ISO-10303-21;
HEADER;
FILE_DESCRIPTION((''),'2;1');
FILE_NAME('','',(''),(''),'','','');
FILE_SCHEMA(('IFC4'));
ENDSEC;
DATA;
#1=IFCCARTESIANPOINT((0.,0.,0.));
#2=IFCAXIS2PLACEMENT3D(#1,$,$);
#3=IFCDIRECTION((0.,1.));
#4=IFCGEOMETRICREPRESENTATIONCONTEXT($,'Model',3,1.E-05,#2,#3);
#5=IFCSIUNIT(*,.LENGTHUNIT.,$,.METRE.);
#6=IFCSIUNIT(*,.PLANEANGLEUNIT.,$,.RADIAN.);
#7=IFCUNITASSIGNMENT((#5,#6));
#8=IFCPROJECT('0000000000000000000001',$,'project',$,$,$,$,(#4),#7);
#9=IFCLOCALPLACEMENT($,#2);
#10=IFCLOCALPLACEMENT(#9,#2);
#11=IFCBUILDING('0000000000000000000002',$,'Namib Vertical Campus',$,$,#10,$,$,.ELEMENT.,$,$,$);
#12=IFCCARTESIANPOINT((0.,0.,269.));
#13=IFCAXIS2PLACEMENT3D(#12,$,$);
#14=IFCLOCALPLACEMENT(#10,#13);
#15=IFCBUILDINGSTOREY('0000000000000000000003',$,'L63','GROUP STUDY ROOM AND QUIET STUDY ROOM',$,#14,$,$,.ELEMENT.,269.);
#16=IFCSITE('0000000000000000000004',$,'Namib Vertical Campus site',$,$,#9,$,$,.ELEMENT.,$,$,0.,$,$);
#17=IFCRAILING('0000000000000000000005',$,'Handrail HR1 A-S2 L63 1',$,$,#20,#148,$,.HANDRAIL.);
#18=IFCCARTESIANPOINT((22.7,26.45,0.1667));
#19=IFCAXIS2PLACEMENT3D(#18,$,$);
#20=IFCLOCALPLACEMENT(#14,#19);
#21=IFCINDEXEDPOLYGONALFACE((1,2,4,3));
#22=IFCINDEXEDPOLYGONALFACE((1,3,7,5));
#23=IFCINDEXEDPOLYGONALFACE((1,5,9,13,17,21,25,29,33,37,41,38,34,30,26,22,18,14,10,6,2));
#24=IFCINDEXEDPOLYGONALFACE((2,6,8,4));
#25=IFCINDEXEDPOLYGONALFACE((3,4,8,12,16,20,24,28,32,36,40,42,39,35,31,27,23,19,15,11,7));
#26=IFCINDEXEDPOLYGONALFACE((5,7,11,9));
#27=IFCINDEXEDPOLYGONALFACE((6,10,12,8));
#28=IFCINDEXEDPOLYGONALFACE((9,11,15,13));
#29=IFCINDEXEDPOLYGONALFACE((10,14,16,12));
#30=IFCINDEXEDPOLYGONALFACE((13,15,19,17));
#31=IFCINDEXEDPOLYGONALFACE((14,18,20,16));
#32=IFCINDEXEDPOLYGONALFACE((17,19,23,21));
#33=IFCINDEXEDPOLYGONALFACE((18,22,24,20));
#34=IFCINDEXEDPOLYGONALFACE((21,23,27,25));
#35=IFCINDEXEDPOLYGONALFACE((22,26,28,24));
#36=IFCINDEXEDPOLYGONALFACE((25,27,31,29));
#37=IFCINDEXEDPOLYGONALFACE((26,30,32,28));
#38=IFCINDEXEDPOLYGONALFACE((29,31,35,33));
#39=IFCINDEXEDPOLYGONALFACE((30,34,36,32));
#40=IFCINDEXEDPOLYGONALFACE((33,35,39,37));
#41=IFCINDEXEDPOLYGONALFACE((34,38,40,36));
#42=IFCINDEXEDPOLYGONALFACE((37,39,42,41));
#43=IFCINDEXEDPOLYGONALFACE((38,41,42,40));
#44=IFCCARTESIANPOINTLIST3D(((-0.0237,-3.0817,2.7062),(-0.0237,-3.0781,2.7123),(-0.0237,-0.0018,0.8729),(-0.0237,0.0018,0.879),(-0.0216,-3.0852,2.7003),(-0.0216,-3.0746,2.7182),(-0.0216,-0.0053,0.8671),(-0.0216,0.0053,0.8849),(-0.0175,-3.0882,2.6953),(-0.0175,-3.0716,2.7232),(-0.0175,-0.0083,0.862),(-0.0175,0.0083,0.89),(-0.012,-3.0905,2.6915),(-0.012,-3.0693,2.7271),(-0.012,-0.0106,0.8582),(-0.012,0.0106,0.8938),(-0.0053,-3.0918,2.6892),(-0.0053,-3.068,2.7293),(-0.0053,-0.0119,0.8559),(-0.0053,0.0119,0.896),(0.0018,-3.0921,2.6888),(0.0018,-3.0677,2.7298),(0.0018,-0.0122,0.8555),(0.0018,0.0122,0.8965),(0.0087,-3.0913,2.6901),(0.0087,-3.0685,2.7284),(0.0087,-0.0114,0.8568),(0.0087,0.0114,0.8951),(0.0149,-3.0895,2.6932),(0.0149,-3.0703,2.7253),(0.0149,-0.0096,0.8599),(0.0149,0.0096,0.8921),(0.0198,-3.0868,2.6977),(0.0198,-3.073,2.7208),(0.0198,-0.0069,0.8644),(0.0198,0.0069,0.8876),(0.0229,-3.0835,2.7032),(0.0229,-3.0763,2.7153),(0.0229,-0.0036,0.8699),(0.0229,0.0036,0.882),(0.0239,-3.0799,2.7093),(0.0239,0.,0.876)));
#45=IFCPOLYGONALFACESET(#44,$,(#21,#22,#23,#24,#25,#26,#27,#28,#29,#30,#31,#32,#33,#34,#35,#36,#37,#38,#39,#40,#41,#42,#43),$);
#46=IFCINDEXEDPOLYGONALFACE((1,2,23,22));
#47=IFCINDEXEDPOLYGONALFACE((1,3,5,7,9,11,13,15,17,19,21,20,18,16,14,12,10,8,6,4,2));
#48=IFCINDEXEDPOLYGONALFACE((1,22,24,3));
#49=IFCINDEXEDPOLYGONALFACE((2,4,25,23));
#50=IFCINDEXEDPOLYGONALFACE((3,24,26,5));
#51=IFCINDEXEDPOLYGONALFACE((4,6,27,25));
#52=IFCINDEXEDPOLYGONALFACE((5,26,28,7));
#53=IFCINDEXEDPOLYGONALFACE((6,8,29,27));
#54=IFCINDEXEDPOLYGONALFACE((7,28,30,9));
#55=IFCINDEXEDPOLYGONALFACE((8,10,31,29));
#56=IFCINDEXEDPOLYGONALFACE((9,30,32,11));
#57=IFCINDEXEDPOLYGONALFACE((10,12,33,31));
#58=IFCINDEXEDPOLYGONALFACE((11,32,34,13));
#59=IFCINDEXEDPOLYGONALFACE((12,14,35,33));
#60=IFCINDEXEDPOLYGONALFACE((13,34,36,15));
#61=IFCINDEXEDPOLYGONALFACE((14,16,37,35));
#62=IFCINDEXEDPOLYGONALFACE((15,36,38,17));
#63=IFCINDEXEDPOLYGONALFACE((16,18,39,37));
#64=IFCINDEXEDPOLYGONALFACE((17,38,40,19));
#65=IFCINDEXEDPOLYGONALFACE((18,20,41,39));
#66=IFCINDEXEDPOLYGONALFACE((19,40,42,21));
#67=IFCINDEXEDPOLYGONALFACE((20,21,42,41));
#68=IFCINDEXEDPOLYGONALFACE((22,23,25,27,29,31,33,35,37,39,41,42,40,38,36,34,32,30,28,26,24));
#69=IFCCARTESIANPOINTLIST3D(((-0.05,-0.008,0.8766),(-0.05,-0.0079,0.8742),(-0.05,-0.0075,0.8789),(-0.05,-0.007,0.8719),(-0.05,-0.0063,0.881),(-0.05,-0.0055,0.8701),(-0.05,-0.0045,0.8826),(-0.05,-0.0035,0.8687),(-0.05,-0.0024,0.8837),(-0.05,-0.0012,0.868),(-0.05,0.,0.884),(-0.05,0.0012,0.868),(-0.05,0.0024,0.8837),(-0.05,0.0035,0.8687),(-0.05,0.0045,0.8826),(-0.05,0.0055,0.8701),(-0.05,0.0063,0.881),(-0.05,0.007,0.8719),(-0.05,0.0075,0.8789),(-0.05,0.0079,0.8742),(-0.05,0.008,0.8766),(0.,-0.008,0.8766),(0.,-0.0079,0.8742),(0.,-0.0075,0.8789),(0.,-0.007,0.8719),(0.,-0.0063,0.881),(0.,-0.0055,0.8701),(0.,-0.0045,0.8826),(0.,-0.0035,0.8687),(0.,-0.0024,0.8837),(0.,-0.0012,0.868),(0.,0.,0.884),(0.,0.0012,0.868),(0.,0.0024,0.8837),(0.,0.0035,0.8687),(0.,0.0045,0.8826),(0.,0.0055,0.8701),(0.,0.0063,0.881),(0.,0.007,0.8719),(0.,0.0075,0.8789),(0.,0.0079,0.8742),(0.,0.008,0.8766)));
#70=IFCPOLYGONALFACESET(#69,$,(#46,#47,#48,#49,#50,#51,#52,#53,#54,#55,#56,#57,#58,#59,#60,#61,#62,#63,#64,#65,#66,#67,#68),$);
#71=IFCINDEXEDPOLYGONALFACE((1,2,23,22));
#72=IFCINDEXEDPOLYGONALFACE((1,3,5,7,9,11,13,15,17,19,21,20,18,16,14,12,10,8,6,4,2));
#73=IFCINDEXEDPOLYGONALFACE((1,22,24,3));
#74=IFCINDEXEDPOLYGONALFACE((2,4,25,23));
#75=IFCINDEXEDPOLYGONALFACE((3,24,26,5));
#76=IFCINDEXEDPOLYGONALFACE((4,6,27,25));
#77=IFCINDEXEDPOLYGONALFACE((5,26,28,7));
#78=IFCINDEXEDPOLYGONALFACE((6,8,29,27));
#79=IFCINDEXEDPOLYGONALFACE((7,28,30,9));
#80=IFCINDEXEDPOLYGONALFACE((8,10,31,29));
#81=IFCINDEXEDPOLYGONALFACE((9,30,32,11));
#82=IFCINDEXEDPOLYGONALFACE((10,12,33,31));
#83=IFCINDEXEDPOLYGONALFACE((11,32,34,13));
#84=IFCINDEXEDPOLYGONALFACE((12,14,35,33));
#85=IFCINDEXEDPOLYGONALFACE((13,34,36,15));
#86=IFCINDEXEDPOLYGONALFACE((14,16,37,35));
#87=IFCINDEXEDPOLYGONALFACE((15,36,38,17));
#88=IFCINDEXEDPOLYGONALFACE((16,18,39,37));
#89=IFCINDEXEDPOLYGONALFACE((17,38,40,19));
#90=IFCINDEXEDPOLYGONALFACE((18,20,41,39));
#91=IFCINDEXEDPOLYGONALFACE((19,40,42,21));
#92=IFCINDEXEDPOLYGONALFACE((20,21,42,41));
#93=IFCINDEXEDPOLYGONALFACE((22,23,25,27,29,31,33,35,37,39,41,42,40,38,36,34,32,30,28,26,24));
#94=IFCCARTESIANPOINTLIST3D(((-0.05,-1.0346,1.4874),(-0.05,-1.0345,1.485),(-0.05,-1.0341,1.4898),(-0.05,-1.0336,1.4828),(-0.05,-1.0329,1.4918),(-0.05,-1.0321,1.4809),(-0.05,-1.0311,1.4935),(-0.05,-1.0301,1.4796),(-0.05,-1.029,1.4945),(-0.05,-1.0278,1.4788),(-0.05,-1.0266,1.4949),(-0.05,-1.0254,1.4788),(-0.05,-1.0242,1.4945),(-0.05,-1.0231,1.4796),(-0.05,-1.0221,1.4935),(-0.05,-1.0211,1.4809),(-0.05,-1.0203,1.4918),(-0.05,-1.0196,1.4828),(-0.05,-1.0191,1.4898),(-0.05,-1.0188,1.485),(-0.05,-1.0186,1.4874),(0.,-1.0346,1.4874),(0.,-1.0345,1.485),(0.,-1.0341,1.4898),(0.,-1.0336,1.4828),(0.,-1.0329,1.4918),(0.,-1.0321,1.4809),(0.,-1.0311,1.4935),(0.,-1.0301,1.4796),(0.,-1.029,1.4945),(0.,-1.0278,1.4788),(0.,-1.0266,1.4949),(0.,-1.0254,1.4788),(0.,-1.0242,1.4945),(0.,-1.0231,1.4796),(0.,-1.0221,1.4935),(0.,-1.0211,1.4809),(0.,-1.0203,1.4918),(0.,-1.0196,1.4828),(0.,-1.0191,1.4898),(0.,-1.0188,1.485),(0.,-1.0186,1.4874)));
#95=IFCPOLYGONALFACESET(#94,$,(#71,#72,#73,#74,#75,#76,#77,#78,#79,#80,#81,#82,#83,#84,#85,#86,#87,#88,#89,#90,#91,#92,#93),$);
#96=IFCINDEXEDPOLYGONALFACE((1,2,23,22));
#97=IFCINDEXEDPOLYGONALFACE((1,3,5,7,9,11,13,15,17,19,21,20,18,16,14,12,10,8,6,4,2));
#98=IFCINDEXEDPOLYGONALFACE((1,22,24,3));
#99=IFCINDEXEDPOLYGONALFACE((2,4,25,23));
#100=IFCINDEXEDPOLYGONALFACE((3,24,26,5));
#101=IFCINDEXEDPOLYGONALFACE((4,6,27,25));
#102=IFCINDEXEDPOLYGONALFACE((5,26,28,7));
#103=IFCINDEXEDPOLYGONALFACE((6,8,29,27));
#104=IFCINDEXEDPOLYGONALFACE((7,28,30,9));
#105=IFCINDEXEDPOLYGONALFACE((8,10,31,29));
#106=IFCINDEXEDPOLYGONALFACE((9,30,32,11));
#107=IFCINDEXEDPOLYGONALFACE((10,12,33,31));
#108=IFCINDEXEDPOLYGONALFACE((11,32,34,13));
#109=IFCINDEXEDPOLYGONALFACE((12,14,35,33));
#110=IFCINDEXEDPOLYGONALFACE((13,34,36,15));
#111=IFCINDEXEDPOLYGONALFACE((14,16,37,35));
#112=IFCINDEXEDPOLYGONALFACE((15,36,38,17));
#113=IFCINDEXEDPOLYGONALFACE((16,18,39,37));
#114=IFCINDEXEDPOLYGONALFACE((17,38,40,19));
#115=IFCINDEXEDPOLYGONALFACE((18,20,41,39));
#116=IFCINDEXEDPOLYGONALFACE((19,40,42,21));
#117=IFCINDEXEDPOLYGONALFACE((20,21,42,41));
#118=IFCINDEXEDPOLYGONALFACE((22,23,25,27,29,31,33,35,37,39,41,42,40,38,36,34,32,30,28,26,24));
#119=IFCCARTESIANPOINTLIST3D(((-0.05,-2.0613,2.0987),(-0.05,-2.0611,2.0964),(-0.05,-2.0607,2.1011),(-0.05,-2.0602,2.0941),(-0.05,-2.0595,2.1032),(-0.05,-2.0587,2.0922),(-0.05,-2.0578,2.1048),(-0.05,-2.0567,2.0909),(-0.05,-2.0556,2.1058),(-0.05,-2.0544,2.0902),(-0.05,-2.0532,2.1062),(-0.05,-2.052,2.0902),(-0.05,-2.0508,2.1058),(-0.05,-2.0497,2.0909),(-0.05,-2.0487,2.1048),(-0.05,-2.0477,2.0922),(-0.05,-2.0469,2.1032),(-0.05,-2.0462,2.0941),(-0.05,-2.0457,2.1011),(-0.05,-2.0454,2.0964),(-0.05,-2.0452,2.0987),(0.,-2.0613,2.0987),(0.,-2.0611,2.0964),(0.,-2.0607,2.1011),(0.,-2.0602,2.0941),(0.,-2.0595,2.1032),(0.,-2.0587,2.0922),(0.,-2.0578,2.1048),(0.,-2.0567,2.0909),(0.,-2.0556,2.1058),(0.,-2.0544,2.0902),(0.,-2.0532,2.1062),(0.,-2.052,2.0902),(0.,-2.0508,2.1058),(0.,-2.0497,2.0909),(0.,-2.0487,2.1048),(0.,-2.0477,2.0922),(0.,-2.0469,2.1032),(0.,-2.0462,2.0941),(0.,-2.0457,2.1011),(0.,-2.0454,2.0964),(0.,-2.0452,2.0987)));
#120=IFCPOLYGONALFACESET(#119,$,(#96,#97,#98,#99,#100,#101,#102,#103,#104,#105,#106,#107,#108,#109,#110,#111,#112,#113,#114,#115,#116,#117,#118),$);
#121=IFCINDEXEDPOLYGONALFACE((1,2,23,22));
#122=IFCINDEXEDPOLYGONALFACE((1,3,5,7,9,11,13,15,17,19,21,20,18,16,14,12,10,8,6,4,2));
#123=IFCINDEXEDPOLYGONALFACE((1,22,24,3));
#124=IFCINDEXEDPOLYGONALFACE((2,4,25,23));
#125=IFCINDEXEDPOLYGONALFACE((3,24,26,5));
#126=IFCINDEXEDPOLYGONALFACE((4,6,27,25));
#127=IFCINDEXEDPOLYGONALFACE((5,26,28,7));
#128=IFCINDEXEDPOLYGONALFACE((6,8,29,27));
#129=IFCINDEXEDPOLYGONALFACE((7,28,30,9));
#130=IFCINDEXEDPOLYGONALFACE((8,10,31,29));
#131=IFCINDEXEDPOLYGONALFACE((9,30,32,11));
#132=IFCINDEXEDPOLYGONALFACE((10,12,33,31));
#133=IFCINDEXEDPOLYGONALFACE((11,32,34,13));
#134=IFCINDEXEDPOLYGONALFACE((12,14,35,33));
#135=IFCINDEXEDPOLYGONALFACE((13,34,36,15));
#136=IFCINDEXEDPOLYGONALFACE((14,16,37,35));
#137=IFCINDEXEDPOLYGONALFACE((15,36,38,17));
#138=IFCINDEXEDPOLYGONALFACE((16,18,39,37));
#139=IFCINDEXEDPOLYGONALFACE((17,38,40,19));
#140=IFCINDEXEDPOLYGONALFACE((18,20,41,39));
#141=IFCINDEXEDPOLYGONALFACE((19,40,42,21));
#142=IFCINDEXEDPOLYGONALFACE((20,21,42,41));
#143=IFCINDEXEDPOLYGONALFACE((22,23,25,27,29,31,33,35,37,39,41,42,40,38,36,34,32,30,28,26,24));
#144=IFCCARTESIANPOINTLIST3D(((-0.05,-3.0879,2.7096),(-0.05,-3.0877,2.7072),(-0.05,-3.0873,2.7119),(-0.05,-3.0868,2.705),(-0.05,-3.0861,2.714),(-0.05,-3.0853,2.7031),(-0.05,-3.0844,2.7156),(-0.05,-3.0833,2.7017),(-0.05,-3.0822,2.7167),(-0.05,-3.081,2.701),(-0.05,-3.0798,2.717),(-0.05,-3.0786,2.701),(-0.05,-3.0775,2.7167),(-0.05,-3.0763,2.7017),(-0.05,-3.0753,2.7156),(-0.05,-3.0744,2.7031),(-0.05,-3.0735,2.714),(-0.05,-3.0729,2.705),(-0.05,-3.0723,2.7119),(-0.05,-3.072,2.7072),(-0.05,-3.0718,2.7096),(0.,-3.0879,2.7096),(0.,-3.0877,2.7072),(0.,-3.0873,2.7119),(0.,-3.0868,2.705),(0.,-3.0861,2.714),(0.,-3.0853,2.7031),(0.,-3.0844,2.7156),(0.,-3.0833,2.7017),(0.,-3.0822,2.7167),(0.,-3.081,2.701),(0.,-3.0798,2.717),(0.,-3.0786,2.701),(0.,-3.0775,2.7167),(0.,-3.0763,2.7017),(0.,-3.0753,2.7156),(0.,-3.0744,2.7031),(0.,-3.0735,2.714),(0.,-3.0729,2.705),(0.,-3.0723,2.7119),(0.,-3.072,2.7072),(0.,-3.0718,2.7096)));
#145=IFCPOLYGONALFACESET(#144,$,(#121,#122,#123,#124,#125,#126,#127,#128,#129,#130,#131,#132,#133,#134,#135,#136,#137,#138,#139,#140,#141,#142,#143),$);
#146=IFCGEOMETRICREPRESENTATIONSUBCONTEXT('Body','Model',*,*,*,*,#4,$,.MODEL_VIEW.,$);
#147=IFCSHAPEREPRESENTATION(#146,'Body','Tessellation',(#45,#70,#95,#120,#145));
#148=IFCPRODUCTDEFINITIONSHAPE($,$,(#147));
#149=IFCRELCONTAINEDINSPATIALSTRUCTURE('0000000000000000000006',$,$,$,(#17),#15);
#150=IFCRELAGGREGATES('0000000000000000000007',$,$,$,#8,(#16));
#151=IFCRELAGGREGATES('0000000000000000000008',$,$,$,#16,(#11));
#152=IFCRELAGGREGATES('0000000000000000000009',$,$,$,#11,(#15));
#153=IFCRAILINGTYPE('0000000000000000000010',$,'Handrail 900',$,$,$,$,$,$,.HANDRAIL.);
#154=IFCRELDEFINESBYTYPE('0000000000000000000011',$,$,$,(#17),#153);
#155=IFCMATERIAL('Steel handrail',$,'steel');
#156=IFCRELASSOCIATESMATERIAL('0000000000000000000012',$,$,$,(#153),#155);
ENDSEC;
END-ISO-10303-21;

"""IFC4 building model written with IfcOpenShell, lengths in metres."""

from ifc_helpers import new_model, si_unit, direction, frame, origin, origin_2d, place, context, subcontext, project, spatial, circle, extrude, material, type_object, element, save


model = new_model("IFC4")

# Units and contexts
model_context = context("Model", 3, precision=1e-05, world=origin(), true_north=direction((0.0, 1.0)))
body_context = subcontext(model_context, "Body", "Model", "MODEL_VIEW")
ifc_project = project(units=[si_unit("LENGTHUNIT", "METRE"), si_unit("PLANEANGLEUNIT", "RADIAN")], contexts=[model_context])

# Site, building, storey
site_placement = place(None, origin())
site = spatial("IfcSite", under=ifc_project, at=site_placement, Name="Namib Vertical Campus site", CompositionType="ELEMENT", RefElevation=0.0)
building_placement = place(site_placement, origin())
building = spatial("IfcBuilding", under=site, at=building_placement, Name="Namib Vertical Campus", CompositionType="ELEMENT")
storey_placement = place(building_placement, frame((0.0, 0.0, 269.0)))
storey = spatial("IfcBuildingStorey", under=building, at=storey_placement, Name="L63", Description="GROUP STUDY ROOM AND QUIET STUDY ROOM", CompositionType="ELEMENT", Elevation=269.0)

# Railing
ifc_material_1 = material(Name="Steel handrail", Category="steel")
railing_type_1 = type_object("IfcRailingType", Name="Handrail 900", PredefinedType="HANDRAIL", material=ifc_material_1)
railing_1_placement = place(storey_placement, frame((22.7, 26.45, 0.1667)))
element("IfcRailing", 1, at=railing_1_placement, inside=storey, type_object=railing_type_1, Name="Handrail HR1 A-S2 L63 1", PredefinedType="HANDRAIL", context=body_context, shape_type="SweptSolid", body=[
    extrude(circle(Radius=0.0239, at=origin_2d()), frame((0.0, 0.0, 0.876), z_axis=(0.0, -0.859291, 0.511487), x_axis=(1.0, 0.0, 0.0)), (0.0, 0.0, 1.0), 3.5842),
    extrude(circle(Radius=0.0081, at=origin_2d()), frame((0.0, 0.0, 0.876), z_axis=(-1.0, 0.0, 0.0), x_axis=(0.0, 0.0, 1.0)), (0.0, 0.0, 1.0), 0.05),
    extrude(circle(Radius=0.0081, at=origin_2d()), frame((0.0, -1.0266, 1.4868), z_axis=(-1.0, 0.0, 0.0), x_axis=(0.0, 0.0, 1.0)), (0.0, 0.0, 1.0), 0.05),
    extrude(circle(Radius=0.0081, at=origin_2d()), frame((0.0, -2.0532, 2.0981), z_axis=(-1.0, 0.0, 0.0), x_axis=(0.0, 0.0, 1.0)), (0.0, 0.0, 1.0), 0.05),
    extrude(circle(Radius=0.0081, at=origin_2d()), frame((0.0, -3.0798, 2.709), z_axis=(-1.0, 0.0, 0.0), x_axis=(0.0, 0.0, 1.0)), (0.0, 0.0, 1.0), 0.05),
])

save(model, "model.ifc")
